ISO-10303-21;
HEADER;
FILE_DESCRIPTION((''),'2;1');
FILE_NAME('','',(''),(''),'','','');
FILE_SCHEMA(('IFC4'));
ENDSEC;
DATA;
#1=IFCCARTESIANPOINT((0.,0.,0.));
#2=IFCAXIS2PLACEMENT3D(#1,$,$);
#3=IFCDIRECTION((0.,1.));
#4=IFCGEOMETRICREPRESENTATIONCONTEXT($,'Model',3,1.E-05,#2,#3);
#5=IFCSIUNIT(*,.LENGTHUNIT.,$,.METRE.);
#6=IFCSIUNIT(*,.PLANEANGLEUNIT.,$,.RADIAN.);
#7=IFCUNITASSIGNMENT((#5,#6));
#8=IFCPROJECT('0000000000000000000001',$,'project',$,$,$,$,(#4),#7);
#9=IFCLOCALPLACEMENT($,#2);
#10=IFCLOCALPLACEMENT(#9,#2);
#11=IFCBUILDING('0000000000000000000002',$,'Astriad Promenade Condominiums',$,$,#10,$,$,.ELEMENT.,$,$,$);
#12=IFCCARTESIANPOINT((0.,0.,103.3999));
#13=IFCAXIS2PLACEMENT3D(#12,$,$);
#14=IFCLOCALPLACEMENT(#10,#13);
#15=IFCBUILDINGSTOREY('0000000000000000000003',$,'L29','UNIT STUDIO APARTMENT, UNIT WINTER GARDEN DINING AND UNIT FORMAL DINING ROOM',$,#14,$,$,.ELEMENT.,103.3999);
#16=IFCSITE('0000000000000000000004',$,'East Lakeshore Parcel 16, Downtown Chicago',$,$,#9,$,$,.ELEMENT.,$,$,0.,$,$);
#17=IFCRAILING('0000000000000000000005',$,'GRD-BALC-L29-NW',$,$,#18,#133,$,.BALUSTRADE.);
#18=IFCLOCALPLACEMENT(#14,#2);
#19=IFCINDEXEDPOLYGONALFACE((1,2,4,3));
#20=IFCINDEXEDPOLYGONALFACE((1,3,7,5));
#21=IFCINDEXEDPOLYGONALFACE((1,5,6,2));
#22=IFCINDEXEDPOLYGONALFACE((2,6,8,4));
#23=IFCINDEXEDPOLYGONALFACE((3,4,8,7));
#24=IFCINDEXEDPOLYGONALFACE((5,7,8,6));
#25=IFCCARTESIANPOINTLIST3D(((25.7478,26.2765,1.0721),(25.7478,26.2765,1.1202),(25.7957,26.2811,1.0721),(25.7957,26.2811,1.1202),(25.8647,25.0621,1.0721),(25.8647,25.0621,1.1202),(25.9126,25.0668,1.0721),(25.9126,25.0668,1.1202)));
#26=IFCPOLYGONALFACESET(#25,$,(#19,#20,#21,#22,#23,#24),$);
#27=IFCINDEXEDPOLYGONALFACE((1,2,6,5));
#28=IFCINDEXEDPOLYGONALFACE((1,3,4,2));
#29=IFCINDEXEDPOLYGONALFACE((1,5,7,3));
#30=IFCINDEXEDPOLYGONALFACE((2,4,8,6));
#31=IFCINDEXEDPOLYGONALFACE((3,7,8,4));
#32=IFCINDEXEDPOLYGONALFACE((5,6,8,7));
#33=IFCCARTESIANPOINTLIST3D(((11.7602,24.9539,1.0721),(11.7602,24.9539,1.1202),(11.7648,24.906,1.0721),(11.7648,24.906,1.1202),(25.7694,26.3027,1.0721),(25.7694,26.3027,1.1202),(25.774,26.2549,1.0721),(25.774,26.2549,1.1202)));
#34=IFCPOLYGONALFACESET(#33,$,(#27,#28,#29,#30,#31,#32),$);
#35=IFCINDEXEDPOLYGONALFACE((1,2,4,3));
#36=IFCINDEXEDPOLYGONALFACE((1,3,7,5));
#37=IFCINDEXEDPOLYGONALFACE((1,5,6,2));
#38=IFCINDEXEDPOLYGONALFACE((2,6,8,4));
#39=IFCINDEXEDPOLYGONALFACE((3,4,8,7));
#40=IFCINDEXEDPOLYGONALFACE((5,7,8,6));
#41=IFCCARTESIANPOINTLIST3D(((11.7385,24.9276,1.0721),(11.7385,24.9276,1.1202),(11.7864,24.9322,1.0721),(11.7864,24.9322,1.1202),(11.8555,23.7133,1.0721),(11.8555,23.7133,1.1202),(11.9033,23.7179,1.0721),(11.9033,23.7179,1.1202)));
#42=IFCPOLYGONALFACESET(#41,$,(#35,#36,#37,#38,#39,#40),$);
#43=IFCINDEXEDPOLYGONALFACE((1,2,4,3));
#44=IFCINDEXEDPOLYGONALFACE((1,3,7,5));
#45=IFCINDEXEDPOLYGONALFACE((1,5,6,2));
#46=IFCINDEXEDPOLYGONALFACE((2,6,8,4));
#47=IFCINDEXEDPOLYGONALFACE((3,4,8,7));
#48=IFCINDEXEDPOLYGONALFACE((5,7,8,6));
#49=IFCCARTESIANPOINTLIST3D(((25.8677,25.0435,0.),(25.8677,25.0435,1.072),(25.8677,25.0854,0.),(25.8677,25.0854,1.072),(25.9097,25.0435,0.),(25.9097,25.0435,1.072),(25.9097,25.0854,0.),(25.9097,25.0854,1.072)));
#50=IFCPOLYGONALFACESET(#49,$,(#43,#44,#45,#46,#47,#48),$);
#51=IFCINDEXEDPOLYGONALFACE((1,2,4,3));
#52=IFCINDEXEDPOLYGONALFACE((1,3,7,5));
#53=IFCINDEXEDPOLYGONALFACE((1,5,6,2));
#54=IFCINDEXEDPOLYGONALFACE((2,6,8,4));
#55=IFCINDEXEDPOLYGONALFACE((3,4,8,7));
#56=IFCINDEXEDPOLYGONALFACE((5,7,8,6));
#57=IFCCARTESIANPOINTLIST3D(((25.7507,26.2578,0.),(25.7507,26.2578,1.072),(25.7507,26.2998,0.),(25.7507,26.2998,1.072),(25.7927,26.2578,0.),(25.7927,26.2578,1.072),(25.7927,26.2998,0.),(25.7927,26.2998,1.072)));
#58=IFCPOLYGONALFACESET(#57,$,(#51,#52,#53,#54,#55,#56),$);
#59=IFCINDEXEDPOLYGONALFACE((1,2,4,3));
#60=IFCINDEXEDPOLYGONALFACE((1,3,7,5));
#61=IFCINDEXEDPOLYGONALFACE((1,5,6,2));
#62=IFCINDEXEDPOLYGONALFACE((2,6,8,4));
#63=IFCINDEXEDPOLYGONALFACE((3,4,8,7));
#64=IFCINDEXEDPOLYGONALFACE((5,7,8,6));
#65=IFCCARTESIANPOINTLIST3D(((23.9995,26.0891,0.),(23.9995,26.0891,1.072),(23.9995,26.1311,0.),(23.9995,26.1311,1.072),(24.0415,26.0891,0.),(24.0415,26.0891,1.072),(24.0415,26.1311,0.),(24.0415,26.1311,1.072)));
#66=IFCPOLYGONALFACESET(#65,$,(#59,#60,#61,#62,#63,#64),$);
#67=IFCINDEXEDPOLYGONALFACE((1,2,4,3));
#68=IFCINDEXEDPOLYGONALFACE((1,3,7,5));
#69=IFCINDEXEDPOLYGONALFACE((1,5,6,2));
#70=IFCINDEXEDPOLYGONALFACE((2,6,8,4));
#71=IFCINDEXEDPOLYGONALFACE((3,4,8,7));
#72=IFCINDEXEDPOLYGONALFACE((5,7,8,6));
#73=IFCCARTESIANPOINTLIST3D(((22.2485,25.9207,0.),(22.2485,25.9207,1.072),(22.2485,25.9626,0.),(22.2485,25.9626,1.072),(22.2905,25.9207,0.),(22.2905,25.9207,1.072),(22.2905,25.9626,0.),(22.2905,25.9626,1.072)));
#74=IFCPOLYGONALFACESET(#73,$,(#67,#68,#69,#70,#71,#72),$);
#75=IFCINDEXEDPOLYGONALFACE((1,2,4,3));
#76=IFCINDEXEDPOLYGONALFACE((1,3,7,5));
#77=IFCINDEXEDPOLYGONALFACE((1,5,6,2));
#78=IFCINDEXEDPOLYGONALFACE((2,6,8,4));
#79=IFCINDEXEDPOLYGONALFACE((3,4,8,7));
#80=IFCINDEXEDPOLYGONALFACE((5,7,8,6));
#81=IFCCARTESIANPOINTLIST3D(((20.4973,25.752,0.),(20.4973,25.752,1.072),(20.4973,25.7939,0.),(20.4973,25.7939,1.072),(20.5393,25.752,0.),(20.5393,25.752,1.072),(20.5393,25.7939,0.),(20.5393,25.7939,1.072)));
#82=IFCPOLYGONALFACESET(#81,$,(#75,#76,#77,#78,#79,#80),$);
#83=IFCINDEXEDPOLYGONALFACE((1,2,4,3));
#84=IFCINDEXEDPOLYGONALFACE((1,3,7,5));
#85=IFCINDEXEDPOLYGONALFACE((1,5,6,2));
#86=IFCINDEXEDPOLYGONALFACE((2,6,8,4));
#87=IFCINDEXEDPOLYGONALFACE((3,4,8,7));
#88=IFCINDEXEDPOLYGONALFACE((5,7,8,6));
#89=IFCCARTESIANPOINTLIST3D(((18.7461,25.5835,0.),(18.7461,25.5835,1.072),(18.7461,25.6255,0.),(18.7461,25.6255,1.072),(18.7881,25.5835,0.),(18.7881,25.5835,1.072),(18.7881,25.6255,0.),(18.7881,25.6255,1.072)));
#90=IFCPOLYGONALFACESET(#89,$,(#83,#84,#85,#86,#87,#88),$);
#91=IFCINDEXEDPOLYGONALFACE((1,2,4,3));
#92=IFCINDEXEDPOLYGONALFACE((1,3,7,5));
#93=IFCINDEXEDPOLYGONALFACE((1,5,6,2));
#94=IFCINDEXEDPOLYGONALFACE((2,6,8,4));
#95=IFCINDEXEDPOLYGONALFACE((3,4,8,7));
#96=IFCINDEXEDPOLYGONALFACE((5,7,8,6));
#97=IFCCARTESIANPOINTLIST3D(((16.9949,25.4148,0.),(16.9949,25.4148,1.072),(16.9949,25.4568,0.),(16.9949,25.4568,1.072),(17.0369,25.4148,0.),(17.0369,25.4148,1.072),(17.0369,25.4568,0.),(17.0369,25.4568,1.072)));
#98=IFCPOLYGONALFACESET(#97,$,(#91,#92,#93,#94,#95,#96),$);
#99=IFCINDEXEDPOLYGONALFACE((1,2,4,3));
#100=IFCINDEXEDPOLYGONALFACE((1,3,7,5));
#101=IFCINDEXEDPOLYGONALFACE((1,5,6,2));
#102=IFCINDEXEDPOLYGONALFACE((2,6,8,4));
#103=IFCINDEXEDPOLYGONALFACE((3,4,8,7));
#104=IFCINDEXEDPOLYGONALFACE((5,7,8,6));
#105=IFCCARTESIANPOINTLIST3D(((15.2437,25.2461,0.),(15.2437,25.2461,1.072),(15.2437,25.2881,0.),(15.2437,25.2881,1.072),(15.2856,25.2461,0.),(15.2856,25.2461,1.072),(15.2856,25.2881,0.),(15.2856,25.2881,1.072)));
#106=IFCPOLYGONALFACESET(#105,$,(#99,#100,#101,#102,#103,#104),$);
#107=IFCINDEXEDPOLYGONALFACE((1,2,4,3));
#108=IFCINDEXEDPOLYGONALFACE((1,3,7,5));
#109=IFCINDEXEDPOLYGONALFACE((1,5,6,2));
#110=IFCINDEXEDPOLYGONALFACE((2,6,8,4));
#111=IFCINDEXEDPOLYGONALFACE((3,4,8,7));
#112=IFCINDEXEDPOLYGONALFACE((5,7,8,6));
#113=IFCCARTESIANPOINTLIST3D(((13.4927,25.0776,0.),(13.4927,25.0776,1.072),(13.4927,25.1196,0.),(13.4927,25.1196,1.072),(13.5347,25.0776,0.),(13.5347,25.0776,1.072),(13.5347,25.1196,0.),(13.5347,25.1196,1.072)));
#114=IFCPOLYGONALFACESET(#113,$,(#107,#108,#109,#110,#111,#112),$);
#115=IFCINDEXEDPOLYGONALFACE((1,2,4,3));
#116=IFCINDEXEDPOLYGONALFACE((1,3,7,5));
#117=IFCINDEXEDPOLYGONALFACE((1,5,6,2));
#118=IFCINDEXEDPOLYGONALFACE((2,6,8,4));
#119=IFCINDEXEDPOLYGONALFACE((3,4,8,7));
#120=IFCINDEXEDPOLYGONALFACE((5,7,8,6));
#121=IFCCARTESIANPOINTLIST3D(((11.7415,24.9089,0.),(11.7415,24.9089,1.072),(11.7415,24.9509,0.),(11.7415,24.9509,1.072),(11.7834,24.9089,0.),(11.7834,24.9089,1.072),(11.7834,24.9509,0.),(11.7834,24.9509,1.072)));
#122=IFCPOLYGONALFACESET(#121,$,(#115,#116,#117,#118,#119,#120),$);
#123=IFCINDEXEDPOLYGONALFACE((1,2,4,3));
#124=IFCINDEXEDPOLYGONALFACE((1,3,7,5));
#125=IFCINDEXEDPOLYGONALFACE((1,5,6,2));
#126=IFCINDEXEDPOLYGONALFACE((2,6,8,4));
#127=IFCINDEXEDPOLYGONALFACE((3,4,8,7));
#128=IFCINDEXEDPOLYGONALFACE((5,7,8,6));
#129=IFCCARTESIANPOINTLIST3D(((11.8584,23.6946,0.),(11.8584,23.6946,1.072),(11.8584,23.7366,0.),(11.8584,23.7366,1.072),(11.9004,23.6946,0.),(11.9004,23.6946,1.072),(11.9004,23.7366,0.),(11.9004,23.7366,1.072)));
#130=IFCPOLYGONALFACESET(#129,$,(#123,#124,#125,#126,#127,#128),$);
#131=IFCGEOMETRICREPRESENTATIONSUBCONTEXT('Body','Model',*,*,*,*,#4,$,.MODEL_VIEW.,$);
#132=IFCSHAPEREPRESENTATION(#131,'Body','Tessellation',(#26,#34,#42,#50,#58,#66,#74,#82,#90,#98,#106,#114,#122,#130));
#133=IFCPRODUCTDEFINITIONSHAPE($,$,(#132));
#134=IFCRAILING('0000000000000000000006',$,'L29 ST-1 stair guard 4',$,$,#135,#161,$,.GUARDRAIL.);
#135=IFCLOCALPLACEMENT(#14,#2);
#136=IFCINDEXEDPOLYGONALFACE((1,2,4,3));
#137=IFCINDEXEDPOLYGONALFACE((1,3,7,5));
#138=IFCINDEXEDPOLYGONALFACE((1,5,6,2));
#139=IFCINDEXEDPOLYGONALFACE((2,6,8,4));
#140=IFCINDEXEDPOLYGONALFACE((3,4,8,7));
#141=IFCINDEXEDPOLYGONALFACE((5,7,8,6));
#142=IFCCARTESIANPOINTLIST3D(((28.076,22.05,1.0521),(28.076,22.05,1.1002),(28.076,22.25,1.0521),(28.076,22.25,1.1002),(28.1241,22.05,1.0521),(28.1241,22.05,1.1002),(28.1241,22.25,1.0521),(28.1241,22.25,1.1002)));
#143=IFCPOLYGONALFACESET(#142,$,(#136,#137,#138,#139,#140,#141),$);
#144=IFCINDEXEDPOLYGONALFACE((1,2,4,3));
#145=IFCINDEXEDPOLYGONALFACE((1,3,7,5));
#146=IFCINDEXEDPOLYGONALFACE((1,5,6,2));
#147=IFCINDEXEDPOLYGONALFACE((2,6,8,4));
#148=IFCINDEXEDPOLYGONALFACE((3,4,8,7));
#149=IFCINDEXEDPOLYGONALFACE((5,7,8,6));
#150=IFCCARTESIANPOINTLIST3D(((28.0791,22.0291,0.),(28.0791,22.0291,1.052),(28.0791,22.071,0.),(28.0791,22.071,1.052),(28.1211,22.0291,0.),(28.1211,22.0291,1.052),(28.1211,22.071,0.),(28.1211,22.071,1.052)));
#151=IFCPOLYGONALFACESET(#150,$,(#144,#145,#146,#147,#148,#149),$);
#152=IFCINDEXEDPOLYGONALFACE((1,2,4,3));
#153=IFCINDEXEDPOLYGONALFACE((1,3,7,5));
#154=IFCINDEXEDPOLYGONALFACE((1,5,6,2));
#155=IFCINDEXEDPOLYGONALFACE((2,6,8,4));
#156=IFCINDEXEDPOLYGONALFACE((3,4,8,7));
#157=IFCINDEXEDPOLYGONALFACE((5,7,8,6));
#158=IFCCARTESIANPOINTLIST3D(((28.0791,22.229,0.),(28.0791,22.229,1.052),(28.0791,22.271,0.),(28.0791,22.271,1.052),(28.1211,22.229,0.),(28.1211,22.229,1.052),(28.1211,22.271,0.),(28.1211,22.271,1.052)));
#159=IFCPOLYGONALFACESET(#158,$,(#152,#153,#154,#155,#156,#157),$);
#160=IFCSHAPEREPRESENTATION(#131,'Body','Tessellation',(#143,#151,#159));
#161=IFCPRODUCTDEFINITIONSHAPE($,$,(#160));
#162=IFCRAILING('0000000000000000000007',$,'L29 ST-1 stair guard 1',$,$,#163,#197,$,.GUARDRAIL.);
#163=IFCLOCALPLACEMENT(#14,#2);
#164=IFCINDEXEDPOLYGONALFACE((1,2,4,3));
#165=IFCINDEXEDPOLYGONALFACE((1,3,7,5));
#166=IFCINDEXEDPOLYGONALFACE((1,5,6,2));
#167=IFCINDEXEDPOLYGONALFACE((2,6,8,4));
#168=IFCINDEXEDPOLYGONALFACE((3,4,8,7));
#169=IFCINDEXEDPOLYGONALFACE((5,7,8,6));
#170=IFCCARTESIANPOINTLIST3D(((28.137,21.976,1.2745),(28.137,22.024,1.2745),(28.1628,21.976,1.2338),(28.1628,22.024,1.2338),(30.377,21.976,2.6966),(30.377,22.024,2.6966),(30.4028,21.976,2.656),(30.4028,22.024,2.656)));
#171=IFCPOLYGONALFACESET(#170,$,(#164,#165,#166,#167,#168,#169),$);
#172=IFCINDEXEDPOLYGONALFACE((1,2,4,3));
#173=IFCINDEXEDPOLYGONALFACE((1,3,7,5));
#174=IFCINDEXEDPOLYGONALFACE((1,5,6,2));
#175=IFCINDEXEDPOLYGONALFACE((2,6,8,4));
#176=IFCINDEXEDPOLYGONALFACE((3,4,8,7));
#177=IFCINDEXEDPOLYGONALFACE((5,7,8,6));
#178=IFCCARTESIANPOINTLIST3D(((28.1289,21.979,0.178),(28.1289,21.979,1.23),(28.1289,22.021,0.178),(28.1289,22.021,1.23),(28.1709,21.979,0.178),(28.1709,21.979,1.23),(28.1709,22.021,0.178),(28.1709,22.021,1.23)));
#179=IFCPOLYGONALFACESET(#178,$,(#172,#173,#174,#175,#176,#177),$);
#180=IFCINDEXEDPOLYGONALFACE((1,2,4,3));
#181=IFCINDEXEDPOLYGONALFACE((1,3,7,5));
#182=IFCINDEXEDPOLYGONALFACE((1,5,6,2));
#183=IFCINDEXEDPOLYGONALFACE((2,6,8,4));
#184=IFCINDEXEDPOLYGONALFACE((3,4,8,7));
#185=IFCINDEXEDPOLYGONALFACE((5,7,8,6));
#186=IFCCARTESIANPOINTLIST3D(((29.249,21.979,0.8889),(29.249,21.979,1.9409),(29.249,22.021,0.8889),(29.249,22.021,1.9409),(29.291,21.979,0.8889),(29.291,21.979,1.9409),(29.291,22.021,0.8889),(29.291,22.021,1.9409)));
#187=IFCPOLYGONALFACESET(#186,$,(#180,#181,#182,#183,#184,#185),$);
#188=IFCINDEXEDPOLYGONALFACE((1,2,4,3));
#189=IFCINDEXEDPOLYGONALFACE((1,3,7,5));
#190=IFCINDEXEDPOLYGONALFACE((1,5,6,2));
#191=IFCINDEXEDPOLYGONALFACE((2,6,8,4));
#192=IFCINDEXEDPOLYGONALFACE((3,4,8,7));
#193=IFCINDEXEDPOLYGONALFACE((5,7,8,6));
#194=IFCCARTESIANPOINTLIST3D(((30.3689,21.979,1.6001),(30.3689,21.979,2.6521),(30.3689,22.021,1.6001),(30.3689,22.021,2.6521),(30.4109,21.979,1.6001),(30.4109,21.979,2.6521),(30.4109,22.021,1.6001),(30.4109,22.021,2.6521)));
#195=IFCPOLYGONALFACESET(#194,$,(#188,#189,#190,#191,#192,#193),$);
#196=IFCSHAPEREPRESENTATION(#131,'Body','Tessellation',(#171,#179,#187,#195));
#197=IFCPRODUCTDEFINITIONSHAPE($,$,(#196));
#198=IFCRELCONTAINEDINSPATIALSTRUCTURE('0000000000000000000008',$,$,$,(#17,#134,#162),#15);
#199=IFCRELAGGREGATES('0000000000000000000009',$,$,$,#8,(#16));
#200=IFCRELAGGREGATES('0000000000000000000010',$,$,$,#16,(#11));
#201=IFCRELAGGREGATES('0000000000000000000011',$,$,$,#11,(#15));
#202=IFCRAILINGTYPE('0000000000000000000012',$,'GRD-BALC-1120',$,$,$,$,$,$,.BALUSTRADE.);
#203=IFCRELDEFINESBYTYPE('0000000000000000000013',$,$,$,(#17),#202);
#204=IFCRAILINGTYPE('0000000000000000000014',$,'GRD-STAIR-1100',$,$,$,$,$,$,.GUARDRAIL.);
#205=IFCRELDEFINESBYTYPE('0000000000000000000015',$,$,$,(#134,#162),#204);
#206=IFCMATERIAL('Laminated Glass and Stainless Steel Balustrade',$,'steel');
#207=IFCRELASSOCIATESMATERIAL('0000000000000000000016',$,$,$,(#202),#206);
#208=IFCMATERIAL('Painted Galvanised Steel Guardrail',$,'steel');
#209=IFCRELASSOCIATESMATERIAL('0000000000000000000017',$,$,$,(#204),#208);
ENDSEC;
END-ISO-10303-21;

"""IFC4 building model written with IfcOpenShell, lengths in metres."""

from ifc_helpers import new_model, si_unit, direction, frame, origin, origin_2d, place, context, subcontext, project, spatial, rectangle, extrude, source, transform, mapped, material, type_object, type_shapes, element, save


model = new_model("IFC4")

# Units and contexts
model_context = context("Model", 3, precision=1e-05, world=origin(), true_north=direction((0.0, 1.0)))
body_context = subcontext(model_context, "Body", "Model", "MODEL_VIEW")
ifc_project = project(units=[si_unit("LENGTHUNIT", "METRE"), si_unit("PLANEANGLEUNIT", "RADIAN")], contexts=[model_context])

# Site, building, storey
site_placement = place(None, origin())
site = spatial("IfcSite", under=ifc_project, at=site_placement, Name="East Lakeshore Parcel 16, Downtown Chicago", CompositionType="ELEMENT", RefElevation=0.0)
building_placement = place(site_placement, origin())
building = spatial("IfcBuilding", under=site, at=building_placement, Name="Astriad Promenade Condominiums", CompositionType="ELEMENT")
storey_placement = place(building_placement, frame((0.0, 0.0, 103.3999)))
storey = spatial("IfcBuildingStorey", under=building, at=storey_placement, Name="L29", Description="UNIT STUDIO APARTMENT, UNIT WINTER GARDEN DINING AND UNIT FORMAL DINING ROOM", CompositionType="ELEMENT", Elevation=103.3999)

# Railings
ifc_material_1 = material(Name="Laminated Glass and Stainless Steel Balustrade", Category="steel")
railing_type_1 = type_object("IfcRailingType", Name="GRD-BALC-1120", PredefinedType="BALUSTRADE", material=ifc_material_1)
shared_shape_1 = source(origin(), body_context, "Body", "SweptSolid", [
    extrude(rectangle(XDim=0.0481, YDim=0.0481, at=origin_2d()), frame((0.0, 0.0, 1.0962), z_axis=(-0.095857, 0.995395, 0.0), x_axis=(-0.995395, -0.095857, 0.0)), (0.0, 0.0, 1.0), 1.22),
    extrude(rectangle(XDim=0.0481, YDim=0.0481, at=origin_2d()), frame((-0.1169, 1.2144, 1.0962), z_axis=(-0.995397, -0.095841, 0.0), x_axis=(0.095841, -0.995397, 0.0)), (0.0, 0.0, 1.0), 14.074),
    extrude(rectangle(XDim=0.0481, YDim=0.0481, at=origin_2d()), frame((-14.1262, -0.1345, 1.0962), z_axis=(0.095857, -0.995395, 0.0), x_axis=(0.995395, 0.095857, 0.0)), (0.0, 0.0, 1.0), 1.22),
    extrude(rectangle(XDim=0.042, YDim=0.042, at=origin_2d()), origin(), (0.0, 0.0, 1.0), 1.072),
    extrude(rectangle(XDim=0.042, YDim=0.042, at=origin_2d()), frame((-0.1169, 1.2144, 0.0)), (0.0, 0.0, 1.0), 1.072),
    extrude(rectangle(XDim=0.042, YDim=0.042, at=origin_2d()), frame((-1.8682, 1.0457, 0.0)), (0.0, 0.0, 1.0), 1.072),
    extrude(rectangle(XDim=0.042, YDim=0.042, at=origin_2d()), frame((-3.6191, 0.8772, 0.0)), (0.0, 0.0, 1.0), 1.072),
    extrude(rectangle(XDim=0.042, YDim=0.042, at=origin_2d()), frame((-5.3704, 0.7085, 0.0)), (0.0, 0.0, 1.0), 1.072),
    extrude(rectangle(XDim=0.042, YDim=0.042, at=origin_2d()), frame((-7.1216, 0.54, 0.0)), (0.0, 0.0, 1.0), 1.072),
    extrude(rectangle(XDim=0.042, YDim=0.042, at=origin_2d()), frame((-8.8728, 0.3713, 0.0)), (0.0, 0.0, 1.0), 1.072),
    extrude(rectangle(XDim=0.042, YDim=0.042, at=origin_2d()), frame((-10.624, 0.2026, 0.0)), (0.0, 0.0, 1.0), 1.072),
    extrude(rectangle(XDim=0.042, YDim=0.042, at=origin_2d()), frame((-12.375, 0.0342, 0.0)), (0.0, 0.0, 1.0), 1.072),
    extrude(rectangle(XDim=0.042, YDim=0.042, at=origin_2d()), frame((-14.1262, -0.1345, 0.0)), (0.0, 0.0, 1.0), 1.072),
    extrude(rectangle(XDim=0.042, YDim=0.042, at=origin_2d()), frame((-14.0093, -1.3489, 0.0)), (0.0, 0.0, 1.0), 1.072),
])
type_shapes(railing_type_1, [shared_shape_1])
railing_1_placement = place(storey_placement, frame((25.8887, 25.0645, 0.0)))
element("IfcRailing", 1, at=railing_1_placement, inside=storey, type_object=railing_type_1, Name="GRD-BALC-L29-NW", PredefinedType="BALUSTRADE", context=body_context, shape_type="MappedRepresentation", body=[
    mapped(shared_shape_1, transform((0.0, 0.0, 0.0), scale=1.0)),
])
ifc_material_2 = material(Name="Painted Galvanised Steel Guardrail", Category="steel")
railing_type_2 = type_object("IfcRailingType", Name="GRD-STAIR-1100", PredefinedType="GUARDRAIL", material=ifc_material_2)
shared_shape_2 = source(origin(), body_context, "Body", "SweptSolid", [
    extrude(rectangle(XDim=0.0481, YDim=0.0481, at=origin_2d()), frame((0.0, 0.0, 1.0762), z_axis=(0.0, 1.0, 0.0), x_axis=(-1.0, 0.0, 0.0)), (0.0, 0.0, 1.0), 0.2),
    extrude(rectangle(XDim=0.042, YDim=0.042, at=origin_2d()), origin(), (0.0, 0.0, 1.0), 1.052),
    extrude(rectangle(XDim=0.042, YDim=0.042, at=origin_2d()), frame((0.0, 0.2, 0.0)), (0.0, 0.0, 1.0), 1.052),
])
railing_2_placement = place(storey_placement, frame((28.1001, 22.05, 0.0)))
element("IfcRailing", 2, at=railing_2_placement, inside=storey, type_object=railing_type_2, Name="L29 ST-1 stair guard 4", PredefinedType="GUARDRAIL", context=body_context, shape_type="MappedRepresentation", body=[
    mapped(shared_shape_2, transform((0.0, 0.0, 0.0), scale=1.0)),
])
shared_shape_3 = source(origin(), body_context, "Body", "SweptSolid", [
    extrude(rectangle(XDim=0.0481, YDim=0.0481, at=origin_2d()), frame((0.0, 0.0, 1.0762), z_axis=(0.844229, 0.0, 0.535982), x_axis=(0.0, 1.0, 0.0)), (0.0, 0.0, 1.0), 2.6533),
    extrude(rectangle(XDim=0.042, YDim=0.042, at=origin_2d()), origin(), (0.0, 0.0, 1.0), 1.052),
    extrude(rectangle(XDim=0.042, YDim=0.042, at=origin_2d()), frame((1.1201, 0.0, 0.7109)), (0.0, 0.0, 1.0), 1.052),
    extrude(rectangle(XDim=0.042, YDim=0.042, at=origin_2d()), frame((2.24, 0.0, 1.4221)), (0.0, 0.0, 1.0), 1.052),
])
railing_3_placement = place(storey_placement, frame((28.1499, 22.0, 0.178)))
element("IfcRailing", 3, at=railing_3_placement, inside=storey, type_object=railing_type_2, Name="L29 ST-1 stair guard 1", PredefinedType="GUARDRAIL", context=body_context, shape_type="MappedRepresentation", body=[
    mapped(shared_shape_3, transform((0.0, 0.0, 0.0), scale=1.0)),
])

save(model, "model.ifc")
